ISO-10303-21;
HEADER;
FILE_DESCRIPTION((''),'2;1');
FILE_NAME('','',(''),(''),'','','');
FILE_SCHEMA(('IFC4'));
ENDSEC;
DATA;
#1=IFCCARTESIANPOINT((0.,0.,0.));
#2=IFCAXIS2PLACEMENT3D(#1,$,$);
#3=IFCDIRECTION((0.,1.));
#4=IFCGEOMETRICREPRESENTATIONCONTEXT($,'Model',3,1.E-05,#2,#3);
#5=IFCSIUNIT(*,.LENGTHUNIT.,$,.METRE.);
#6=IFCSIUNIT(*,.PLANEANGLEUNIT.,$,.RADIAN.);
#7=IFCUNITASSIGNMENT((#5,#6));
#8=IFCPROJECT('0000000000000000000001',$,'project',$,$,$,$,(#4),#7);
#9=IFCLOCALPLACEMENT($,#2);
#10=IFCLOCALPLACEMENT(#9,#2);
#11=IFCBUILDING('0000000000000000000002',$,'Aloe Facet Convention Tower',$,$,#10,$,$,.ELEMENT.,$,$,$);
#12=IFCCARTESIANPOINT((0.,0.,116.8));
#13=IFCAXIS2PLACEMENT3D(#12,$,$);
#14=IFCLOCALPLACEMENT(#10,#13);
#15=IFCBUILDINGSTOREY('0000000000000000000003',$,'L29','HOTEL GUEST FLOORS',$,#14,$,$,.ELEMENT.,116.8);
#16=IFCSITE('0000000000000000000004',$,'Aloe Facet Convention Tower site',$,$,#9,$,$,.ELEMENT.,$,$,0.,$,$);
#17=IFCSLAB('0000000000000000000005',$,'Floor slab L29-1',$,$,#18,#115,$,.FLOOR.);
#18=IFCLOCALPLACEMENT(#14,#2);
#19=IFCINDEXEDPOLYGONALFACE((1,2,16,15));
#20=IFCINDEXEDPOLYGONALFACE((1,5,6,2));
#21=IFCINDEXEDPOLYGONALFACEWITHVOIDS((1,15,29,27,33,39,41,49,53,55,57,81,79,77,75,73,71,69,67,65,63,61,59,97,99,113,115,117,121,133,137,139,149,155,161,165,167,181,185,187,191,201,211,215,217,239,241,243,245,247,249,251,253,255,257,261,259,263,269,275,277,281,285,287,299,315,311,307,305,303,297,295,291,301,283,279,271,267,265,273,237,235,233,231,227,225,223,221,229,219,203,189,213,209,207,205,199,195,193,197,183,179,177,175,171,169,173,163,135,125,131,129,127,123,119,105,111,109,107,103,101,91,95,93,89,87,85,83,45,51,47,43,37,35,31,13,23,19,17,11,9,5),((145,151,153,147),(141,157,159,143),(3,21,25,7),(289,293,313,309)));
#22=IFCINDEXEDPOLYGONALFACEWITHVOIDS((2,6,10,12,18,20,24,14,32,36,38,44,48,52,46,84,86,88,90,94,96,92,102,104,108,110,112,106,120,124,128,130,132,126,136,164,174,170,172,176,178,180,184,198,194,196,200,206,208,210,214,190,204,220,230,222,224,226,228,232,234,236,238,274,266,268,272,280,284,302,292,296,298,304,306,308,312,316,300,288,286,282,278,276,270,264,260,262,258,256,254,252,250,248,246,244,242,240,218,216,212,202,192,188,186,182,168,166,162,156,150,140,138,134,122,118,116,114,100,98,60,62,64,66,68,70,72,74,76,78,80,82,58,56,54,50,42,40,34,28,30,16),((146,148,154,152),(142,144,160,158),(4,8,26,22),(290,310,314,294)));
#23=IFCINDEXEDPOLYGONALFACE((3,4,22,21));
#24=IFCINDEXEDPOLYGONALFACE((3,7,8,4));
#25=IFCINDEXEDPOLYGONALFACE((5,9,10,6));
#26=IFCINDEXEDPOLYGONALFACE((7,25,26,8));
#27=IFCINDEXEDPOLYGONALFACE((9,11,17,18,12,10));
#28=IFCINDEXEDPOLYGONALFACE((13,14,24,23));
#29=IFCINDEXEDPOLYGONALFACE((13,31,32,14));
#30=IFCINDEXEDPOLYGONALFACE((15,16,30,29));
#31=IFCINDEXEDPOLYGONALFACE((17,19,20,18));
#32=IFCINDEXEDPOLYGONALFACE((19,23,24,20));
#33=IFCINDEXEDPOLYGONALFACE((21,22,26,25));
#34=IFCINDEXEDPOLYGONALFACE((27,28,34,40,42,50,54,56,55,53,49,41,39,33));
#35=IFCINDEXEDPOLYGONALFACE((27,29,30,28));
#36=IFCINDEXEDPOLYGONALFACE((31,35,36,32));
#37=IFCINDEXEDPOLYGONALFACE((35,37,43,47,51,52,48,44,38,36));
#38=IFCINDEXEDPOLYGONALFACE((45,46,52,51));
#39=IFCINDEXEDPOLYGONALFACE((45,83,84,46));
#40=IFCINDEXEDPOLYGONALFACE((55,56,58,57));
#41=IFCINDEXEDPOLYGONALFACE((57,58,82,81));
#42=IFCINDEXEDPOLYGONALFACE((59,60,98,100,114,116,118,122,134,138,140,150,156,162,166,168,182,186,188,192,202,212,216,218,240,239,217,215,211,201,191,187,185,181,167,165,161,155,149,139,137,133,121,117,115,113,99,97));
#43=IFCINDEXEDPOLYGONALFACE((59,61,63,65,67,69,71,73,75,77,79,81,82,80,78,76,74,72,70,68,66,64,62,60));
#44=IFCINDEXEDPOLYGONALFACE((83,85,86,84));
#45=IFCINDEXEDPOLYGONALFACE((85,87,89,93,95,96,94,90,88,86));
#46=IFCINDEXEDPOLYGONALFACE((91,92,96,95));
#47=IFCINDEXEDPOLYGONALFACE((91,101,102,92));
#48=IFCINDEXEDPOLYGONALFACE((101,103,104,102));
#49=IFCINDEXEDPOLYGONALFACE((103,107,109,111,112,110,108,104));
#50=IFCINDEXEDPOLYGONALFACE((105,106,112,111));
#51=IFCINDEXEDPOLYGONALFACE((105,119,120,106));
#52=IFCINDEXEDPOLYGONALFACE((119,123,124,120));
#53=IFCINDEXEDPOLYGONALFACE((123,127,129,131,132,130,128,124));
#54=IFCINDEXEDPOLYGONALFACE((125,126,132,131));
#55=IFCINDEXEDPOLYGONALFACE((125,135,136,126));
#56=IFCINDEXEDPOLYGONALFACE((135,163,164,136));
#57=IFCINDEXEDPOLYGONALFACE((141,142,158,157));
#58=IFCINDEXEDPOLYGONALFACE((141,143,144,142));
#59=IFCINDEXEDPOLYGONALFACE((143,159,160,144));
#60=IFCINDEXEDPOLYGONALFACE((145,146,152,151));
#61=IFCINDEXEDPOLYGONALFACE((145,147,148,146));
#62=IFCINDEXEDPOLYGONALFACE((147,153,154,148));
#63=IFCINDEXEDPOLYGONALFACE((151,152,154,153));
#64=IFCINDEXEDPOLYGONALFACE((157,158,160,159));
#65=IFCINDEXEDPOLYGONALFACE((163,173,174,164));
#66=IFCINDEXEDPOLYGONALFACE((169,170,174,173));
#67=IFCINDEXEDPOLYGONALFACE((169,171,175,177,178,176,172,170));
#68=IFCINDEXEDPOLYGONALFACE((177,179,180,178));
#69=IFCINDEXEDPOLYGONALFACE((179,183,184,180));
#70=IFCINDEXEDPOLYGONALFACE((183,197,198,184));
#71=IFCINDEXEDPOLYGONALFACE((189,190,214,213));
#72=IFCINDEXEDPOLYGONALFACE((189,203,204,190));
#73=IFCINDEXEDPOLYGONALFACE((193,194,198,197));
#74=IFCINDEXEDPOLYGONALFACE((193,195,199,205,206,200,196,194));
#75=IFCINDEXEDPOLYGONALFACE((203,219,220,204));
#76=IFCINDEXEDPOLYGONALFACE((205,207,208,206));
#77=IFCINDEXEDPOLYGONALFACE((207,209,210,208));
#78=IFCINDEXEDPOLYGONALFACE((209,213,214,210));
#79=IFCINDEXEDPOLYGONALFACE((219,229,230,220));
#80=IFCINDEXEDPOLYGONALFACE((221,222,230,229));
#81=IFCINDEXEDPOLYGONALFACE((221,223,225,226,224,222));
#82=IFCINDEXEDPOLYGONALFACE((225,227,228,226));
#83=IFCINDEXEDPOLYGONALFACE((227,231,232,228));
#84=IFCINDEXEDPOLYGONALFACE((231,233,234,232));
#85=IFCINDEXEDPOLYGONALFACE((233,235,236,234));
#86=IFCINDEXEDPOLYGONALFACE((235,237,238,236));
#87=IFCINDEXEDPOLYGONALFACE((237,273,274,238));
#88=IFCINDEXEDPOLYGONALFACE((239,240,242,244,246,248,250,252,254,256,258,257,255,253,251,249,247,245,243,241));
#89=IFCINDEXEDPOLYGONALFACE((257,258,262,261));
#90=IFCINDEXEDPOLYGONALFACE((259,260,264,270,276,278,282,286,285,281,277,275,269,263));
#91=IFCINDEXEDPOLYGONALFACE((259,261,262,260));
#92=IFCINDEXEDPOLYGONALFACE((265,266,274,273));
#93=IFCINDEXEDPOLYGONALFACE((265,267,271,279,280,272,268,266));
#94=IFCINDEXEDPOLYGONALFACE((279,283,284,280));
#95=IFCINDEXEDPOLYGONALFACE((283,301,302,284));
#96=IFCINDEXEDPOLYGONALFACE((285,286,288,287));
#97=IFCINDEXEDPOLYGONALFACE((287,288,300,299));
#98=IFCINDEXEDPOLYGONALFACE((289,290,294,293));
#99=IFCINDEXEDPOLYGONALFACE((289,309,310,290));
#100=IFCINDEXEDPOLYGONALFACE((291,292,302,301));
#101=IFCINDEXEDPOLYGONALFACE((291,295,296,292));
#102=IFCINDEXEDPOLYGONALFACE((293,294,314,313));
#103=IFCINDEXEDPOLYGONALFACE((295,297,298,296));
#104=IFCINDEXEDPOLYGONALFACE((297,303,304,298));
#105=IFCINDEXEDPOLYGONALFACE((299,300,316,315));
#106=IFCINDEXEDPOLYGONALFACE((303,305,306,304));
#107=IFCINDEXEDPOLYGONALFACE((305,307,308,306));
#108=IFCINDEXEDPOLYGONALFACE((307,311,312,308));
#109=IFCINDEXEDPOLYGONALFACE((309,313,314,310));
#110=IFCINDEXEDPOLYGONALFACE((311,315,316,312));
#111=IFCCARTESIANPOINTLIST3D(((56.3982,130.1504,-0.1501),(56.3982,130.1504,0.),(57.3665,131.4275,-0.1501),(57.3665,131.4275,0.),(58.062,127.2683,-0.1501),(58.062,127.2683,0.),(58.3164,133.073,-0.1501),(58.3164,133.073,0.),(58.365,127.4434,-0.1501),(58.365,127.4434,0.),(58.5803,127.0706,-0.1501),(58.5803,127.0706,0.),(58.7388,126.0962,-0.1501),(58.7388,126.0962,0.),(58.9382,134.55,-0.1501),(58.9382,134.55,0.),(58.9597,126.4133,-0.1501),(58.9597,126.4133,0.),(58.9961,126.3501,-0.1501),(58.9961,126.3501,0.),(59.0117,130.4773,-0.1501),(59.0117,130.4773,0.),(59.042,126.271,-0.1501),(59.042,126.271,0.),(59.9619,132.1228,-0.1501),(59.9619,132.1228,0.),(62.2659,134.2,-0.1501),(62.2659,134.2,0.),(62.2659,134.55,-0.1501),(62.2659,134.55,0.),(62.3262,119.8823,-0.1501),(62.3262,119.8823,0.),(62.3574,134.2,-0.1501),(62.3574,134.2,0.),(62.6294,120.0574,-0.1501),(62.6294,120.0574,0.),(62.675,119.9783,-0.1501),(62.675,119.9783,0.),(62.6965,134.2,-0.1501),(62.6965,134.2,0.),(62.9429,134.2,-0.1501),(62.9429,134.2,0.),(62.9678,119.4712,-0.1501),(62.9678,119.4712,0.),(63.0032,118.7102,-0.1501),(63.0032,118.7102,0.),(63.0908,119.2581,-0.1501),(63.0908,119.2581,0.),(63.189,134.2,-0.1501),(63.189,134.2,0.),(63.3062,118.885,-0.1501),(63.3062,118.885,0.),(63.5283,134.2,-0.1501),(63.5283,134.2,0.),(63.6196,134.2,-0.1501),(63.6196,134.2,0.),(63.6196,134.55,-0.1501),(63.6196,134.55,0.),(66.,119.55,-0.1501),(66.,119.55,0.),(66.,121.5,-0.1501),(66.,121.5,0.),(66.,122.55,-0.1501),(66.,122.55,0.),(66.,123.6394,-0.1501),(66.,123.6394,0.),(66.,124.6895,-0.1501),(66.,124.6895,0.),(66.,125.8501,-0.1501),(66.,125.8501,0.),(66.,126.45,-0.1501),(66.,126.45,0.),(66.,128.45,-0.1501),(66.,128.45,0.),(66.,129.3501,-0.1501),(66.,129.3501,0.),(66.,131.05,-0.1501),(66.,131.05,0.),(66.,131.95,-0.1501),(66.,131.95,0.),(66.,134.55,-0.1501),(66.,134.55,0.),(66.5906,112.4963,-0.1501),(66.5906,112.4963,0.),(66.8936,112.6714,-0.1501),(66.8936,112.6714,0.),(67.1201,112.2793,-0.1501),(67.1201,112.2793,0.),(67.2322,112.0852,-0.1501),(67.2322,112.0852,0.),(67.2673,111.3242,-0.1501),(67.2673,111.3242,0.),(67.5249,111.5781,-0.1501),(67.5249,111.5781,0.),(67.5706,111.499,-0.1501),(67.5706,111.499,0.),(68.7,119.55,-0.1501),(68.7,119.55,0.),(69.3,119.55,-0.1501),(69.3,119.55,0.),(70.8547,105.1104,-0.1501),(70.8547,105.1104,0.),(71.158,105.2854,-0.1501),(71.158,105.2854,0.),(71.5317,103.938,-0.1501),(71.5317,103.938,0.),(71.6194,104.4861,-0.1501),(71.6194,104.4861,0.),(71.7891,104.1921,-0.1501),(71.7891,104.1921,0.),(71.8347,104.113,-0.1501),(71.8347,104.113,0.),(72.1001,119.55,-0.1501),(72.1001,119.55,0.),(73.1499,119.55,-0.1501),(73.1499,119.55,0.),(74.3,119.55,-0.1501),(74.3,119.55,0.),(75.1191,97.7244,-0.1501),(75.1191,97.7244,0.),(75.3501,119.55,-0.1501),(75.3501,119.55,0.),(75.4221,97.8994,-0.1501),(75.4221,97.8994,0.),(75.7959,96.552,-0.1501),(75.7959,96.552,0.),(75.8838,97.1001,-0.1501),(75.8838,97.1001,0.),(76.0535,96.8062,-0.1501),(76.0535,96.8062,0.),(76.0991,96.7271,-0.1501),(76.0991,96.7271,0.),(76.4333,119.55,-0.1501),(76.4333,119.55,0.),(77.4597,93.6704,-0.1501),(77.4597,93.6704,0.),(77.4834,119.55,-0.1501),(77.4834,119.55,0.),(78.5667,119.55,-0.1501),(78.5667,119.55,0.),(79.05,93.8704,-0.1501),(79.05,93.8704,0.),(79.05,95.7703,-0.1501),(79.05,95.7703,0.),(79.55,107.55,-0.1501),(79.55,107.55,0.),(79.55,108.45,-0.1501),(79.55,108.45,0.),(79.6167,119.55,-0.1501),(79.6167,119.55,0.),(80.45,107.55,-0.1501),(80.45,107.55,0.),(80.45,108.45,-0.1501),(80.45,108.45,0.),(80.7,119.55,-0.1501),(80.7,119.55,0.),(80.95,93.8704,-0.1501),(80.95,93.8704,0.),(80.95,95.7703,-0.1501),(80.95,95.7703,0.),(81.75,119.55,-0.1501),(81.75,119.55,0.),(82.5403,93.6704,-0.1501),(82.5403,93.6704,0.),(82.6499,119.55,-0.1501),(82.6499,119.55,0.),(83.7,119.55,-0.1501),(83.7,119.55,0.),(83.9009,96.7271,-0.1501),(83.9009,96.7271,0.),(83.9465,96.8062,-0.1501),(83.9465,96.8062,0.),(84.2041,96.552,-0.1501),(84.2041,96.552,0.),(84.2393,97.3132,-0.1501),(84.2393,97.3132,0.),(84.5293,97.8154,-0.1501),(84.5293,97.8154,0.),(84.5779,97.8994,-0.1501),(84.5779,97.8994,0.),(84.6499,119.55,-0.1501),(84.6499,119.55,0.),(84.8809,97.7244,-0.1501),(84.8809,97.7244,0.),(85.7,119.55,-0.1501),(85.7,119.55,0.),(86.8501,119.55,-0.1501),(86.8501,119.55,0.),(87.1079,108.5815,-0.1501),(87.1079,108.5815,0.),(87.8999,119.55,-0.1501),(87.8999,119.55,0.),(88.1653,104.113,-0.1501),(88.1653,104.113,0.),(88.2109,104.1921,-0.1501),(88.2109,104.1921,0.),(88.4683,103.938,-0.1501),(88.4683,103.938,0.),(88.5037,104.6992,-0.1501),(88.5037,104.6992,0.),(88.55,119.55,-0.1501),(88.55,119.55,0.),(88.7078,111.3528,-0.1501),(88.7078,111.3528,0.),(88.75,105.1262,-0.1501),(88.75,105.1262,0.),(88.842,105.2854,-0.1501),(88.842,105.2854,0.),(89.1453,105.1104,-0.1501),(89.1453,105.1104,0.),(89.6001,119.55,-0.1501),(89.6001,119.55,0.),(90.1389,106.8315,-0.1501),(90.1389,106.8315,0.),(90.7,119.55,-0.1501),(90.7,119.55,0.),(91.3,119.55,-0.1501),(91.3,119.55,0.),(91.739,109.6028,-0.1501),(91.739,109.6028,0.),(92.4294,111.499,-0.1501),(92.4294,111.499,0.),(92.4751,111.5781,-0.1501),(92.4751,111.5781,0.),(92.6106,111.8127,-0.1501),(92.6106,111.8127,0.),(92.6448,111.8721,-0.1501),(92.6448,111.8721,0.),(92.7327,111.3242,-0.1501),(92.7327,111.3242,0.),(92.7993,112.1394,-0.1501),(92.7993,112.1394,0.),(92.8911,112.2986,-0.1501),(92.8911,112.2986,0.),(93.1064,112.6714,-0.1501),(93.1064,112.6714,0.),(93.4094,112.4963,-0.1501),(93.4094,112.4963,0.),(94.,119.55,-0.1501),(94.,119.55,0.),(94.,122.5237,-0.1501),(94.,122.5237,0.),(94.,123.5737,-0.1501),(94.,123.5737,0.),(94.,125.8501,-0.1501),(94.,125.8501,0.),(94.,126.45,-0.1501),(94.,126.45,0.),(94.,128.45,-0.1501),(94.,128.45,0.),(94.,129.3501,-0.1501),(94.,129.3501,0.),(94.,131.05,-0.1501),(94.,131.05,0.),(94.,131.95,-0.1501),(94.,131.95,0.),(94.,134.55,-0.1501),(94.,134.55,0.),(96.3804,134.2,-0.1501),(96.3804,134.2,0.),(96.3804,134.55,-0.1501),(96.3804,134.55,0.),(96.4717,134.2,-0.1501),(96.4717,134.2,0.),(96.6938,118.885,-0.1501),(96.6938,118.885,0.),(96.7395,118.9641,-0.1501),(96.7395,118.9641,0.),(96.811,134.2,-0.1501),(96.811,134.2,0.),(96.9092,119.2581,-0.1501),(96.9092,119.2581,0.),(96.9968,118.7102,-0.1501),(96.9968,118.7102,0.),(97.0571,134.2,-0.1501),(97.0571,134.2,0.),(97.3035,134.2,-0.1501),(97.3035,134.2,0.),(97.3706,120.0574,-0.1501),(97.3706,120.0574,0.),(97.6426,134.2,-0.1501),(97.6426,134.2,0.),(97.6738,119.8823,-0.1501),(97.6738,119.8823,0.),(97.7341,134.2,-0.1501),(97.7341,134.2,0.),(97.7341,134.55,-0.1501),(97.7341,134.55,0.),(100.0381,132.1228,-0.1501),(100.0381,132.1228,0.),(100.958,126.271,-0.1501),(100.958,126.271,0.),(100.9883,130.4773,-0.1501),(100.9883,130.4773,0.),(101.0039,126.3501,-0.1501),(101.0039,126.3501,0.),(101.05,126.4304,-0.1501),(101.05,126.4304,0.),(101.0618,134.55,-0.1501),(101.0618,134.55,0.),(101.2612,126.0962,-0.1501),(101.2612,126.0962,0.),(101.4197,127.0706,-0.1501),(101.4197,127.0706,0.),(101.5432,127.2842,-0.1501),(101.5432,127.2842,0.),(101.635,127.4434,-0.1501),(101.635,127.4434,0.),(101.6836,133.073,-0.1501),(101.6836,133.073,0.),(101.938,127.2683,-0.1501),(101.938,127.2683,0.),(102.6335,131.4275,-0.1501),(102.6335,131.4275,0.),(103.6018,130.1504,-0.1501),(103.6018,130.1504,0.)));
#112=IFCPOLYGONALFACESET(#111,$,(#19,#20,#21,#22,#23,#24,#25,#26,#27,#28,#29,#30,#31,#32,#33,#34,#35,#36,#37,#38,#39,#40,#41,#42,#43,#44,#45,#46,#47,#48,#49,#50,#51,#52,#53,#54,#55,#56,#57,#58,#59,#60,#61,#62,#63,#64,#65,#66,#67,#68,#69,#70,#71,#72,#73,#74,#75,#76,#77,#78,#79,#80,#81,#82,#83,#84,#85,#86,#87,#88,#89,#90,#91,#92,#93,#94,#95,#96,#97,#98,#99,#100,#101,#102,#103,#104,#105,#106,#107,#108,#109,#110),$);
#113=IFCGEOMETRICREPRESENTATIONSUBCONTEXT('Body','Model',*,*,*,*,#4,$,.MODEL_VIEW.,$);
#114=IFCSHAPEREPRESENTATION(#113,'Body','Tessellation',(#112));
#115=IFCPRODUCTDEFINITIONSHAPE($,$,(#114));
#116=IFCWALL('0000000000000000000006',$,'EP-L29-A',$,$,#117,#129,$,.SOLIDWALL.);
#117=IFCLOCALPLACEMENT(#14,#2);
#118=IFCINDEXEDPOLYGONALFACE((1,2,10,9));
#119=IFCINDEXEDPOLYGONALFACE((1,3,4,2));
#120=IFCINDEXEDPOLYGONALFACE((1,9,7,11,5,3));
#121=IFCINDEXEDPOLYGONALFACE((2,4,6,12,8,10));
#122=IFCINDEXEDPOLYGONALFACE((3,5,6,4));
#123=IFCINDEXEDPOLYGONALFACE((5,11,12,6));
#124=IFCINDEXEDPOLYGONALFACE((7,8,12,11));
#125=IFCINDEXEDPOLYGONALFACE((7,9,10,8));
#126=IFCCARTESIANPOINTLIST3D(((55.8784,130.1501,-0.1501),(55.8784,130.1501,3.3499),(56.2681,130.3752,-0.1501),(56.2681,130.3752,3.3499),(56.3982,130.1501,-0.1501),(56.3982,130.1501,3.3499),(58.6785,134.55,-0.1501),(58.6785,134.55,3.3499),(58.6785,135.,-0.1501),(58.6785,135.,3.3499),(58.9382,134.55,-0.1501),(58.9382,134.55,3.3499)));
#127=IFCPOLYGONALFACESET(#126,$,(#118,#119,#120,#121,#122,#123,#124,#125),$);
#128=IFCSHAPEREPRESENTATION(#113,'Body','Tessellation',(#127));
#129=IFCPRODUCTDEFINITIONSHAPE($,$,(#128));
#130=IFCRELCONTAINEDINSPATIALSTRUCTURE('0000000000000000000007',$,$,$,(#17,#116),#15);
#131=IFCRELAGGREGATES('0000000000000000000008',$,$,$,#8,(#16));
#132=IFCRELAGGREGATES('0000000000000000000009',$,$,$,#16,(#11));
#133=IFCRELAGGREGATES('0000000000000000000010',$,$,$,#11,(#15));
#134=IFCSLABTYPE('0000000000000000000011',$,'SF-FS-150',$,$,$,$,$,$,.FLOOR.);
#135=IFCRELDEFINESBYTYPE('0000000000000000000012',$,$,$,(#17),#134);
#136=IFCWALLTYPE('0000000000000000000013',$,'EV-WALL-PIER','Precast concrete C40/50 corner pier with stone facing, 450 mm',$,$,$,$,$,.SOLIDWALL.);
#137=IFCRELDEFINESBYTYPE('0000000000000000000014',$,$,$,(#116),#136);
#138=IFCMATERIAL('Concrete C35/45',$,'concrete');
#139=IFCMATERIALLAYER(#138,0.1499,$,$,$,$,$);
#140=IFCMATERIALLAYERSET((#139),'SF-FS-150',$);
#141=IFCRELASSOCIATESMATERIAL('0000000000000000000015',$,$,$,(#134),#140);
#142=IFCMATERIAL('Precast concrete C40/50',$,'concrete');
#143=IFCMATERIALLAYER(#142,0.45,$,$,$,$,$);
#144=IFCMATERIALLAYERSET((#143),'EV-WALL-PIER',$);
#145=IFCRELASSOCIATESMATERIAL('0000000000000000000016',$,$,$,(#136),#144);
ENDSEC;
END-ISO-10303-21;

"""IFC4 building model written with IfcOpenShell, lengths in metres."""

from ifc_helpers import new_model, si_unit, direction, frame, origin, place, context, subcontext, project, spatial, polyline, outline, extrude, material, layer, layer_set, type_object, element, save


model = new_model("IFC4")

# Units and contexts
model_context = context("Model", 3, precision=1e-05, world=origin(), true_north=direction((0.0, 1.0)))
body_context = subcontext(model_context, "Body", "Model", "MODEL_VIEW")
ifc_project = project(units=[si_unit("LENGTHUNIT", "METRE"), si_unit("PLANEANGLEUNIT", "RADIAN")], contexts=[model_context])

# Site, building, storey
site_placement = place(None, origin())
site = spatial("IfcSite", under=ifc_project, at=site_placement, Name="Aloe Facet Convention Tower site", CompositionType="ELEMENT", RefElevation=0.0)
building_placement = place(site_placement, origin())
building = spatial("IfcBuilding", under=site, at=building_placement, Name="Aloe Facet Convention Tower", CompositionType="ELEMENT")
storey_placement = place(building_placement, frame((0.0, 0.0, 116.8)))
storey = spatial("IfcBuildingStorey", under=building, at=storey_placement, Name="L29", Description="HOTEL GUEST FLOORS", CompositionType="ELEMENT", Elevation=116.8)

# Slab
ifc_material_1 = material(Name="Concrete C35/45", Category="concrete")
ifc_layer_1 = layer(ifc_material_1, 0.1499)
ifc_layer_set_1 = layer_set([ifc_layer_1], Name="SF-FS-150")
slab_type_1 = type_object("IfcSlabType", Name="SF-FS-150", PredefinedType="FLOOR", material=ifc_layer_set_1)
slab_1_placement = place(storey_placement, frame((0.0, 0.0, -0.1501)))
element("IfcSlab", 1, at=slab_1_placement, inside=storey, type_object=slab_type_1, Name="Floor slab L29-1", PredefinedType="FLOOR", context=body_context, shape_type="SweptSolid", body=[
    extrude(outline(polyline([(77.4597, 93.6704), (75.7959, 96.552), (76.0991, 96.7271), (76.0535, 96.8062), (75.8838, 97.1001), (75.4221, 97.8994), (75.1191, 97.7244), (71.5317, 103.938), (71.8347, 104.113), (71.7891, 104.1921), (71.6194, 104.4861), (71.158, 105.2854), (70.8547, 105.1104), (67.2673, 111.3242), (67.5706, 111.499), (67.5249, 111.5781), (67.2322, 112.0852), (67.1201, 112.2793), (66.8936, 112.6714), (66.5906, 112.4963), (63.0032, 118.7102), (63.3062, 118.885), (63.0908, 119.2581), (62.9678, 119.4712), (62.675, 119.9783), (62.6294, 120.0574), (62.3262, 119.8823), (58.7388, 126.0962), (59.042, 126.271), (58.9961, 126.3501), (58.9597, 126.4133), (58.5803, 127.0706), (58.365, 127.4434), (58.062, 127.2683), (56.3982, 130.1504), (58.9382, 134.55), (62.2659, 134.55), (62.2659, 134.2), (62.3574, 134.2), (62.6965, 134.2), (62.9429, 134.2), (63.189, 134.2), (63.5283, 134.2), (63.6196, 134.2), (63.6196, 134.55), (66.0, 134.55), (66.0, 131.95), (66.0, 131.05), (66.0, 129.3501), (66.0, 128.45), (66.0, 126.45), (66.0, 125.8501), (66.0, 124.6895), (66.0, 123.6394), (66.0, 122.55), (66.0, 121.5), (66.0, 119.55), (68.7, 119.55), (69.3, 119.55), (72.1001, 119.55), (73.1499, 119.55), (74.3, 119.55), (75.3501, 119.55), (76.4333, 119.55), (77.4834, 119.55), (78.5667, 119.55), (79.6167, 119.55), (80.7, 119.55), (81.75, 119.55), (82.6499, 119.55), (83.7, 119.55), (84.6499, 119.55), (85.7, 119.55), (86.8501, 119.55), (87.8999, 119.55), (88.55, 119.55), (89.6001, 119.55), (90.7, 119.55), (91.3, 119.55), (94.0, 119.55), (94.0, 122.5237), (94.0, 123.5737), (94.0, 125.8501), (94.0, 126.45), (94.0, 128.45), (94.0, 129.3501), (94.0, 131.05), (94.0, 131.95), (94.0, 134.55), (96.3804, 134.55), (96.3804, 134.2), (96.4717, 134.2), (96.811, 134.2), (97.0571, 134.2), (97.3035, 134.2), (97.6426, 134.2), (97.7341, 134.2), (97.7341, 134.55), (101.0618, 134.55), (103.6018, 130.1504), (101.938, 127.2683), (101.635, 127.4434), (101.5432, 127.2842), (101.4197, 127.0706), (101.05, 126.4304), (101.0039, 126.3501), (100.958, 126.271), (101.2612, 126.0962), (97.6738, 119.8823), (97.3706, 120.0574), (96.9092, 119.2581), (96.7395, 118.9641), (96.6938, 118.885), (96.9968, 118.7102), (93.4094, 112.4963), (93.1064, 112.6714), (92.8911, 112.2986), (92.7993, 112.1394), (92.6448, 111.8721), (92.6448, 111.8721), (92.6106, 111.8127), (92.4751, 111.5781), (92.4294, 111.499), (92.7327, 111.3242), (91.739, 109.6028), (88.7078, 111.3528), (87.1079, 108.5815), (90.1389, 106.8315), (89.1453, 105.1104), (88.842, 105.2854), (88.75, 105.1262), (88.5037, 104.6992), (88.2109, 104.1921), (88.1653, 104.113), (88.4683, 103.938), (84.8809, 97.7244), (84.5779, 97.8994), (84.5293, 97.8154), (84.2393, 97.3132), (83.9465, 96.8062), (83.9009, 96.7271), (84.2041, 96.552), (82.5403, 93.6704), (77.4597, 93.6704)]), holes=[polyline([(59.9619, 132.1228), (58.3164, 133.073), (57.3665, 131.4275), (59.0117, 130.4773), (59.9619, 132.1228)]), polyline([(79.05, 95.7703), (79.05, 93.8704), (80.95, 93.8704), (80.95, 95.7703), (79.05, 95.7703)]), polyline([(79.55, 107.55), (80.45, 107.55), (80.45, 108.45), (79.55, 108.45), (79.55, 107.55)]), polyline([(100.9883, 130.4773), (102.6335, 131.4275), (101.6836, 133.073), (100.0381, 132.1228), (100.9883, 130.4773)])]), origin(), (0.0, 0.0, 1.0), 0.1501),
])

# Wall
ifc_material_2 = material(Name="Precast concrete C40/50", Category="concrete")
ifc_layer_2 = layer(ifc_material_2, 0.45)
ifc_layer_set_2 = layer_set([ifc_layer_2], Name="EV-WALL-PIER")
wall_type_1 = type_object("IfcWallType", Name="EV-WALL-PIER", Description="Precast concrete C40/50 corner pier with stone facing, 450 mm", PredefinedType="SOLIDWALL", material=ifc_layer_set_2)
wall_1_placement = place(storey_placement, frame((0.0, 0.0, -0.1501)))
element("IfcWall", 2, at=wall_1_placement, inside=storey, type_object=wall_type_1, Name="EP-L29-A", PredefinedType="SOLIDWALL", context=body_context, shape_type="SweptSolid", body=[
    extrude(outline(polyline([(58.6785, 135.0), (58.6785, 134.55), (58.9382, 134.55), (56.3982, 130.1501), (56.2681, 130.3752), (55.8784, 130.1501), (58.6785, 135.0)])), origin(), (0.0, 0.0, 1.0), 3.5),
])

save(model, "model.ifc")
